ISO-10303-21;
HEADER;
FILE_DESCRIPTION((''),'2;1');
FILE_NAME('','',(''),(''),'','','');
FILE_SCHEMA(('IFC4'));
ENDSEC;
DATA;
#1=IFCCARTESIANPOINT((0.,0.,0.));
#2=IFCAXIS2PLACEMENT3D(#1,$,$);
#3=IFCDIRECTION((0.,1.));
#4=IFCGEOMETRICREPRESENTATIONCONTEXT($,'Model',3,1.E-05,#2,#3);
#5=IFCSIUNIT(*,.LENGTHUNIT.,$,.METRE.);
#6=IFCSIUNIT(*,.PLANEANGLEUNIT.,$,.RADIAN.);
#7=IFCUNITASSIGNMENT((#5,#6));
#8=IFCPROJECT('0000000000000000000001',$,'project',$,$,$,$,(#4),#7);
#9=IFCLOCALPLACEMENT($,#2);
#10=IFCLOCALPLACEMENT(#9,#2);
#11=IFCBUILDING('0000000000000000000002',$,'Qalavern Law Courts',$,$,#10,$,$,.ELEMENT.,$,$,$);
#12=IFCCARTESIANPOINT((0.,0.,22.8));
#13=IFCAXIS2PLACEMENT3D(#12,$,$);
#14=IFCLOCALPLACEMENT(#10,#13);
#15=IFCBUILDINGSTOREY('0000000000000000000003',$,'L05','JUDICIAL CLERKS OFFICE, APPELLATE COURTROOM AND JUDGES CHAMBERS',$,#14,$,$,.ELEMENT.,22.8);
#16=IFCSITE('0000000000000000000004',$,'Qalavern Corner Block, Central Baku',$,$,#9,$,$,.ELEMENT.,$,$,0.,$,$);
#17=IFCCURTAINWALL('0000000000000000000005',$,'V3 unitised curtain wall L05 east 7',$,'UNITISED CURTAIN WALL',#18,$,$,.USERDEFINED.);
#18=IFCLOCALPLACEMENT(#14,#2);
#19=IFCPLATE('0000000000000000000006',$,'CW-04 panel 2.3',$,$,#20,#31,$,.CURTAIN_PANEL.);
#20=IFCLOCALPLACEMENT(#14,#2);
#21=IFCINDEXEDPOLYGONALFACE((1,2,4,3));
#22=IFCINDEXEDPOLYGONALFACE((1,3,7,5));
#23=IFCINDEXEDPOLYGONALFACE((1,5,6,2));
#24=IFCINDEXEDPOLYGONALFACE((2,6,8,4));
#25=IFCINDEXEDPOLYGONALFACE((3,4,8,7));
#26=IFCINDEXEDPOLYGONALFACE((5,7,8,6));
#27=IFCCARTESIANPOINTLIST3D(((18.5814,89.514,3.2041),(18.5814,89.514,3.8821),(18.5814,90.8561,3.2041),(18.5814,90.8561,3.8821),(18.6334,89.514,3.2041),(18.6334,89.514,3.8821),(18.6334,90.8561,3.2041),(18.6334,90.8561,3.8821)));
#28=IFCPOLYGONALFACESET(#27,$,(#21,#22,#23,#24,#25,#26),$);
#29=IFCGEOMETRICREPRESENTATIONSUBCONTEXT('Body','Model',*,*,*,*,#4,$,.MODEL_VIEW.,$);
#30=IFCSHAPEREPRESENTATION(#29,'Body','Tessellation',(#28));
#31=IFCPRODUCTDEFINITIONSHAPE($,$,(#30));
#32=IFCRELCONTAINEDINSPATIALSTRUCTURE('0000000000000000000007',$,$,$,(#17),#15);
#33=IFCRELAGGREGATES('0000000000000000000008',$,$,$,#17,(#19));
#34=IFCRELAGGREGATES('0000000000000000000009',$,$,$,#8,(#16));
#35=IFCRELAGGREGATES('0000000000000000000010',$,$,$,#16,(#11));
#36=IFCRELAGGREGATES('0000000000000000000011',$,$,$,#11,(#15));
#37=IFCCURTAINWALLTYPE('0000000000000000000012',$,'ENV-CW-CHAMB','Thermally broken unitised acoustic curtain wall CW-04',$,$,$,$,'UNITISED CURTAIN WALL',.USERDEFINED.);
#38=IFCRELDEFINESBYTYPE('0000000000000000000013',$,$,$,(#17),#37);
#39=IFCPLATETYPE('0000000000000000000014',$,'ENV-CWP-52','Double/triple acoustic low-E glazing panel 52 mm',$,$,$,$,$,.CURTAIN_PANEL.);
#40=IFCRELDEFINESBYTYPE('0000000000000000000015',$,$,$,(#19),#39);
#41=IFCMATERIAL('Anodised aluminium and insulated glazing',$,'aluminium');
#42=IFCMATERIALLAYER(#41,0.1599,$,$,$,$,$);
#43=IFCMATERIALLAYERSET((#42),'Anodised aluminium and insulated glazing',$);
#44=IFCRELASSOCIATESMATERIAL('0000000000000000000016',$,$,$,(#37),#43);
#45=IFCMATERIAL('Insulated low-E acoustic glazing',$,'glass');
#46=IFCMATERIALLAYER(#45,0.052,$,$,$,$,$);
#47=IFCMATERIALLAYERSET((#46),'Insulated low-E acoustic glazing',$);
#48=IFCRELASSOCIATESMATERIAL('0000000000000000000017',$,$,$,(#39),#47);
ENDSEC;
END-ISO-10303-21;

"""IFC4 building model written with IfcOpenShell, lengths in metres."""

from ifc_helpers import new_model, si_unit, direction, frame, origin, origin_2d, place, context, subcontext, project, spatial, rectangle, extrude, material, layer, layer_set, type_object, element, aggregate, save


model = new_model("IFC4")

# Units and contexts
model_context = context("Model", 3, precision=1e-05, world=origin(), true_north=direction((0.0, 1.0)))
body_context = subcontext(model_context, "Body", "Model", "MODEL_VIEW")
ifc_project = project(units=[si_unit("LENGTHUNIT", "METRE"), si_unit("PLANEANGLEUNIT", "RADIAN")], contexts=[model_context])

# Site, building, storey
site_placement = place(None, origin())
site = spatial("IfcSite", under=ifc_project, at=site_placement, Name="Qalavern Corner Block, Central Baku", CompositionType="ELEMENT", RefElevation=0.0)
building_placement = place(site_placement, origin())
building = spatial("IfcBuilding", under=site, at=building_placement, Name="Qalavern Law Courts", CompositionType="ELEMENT")
storey_placement = place(building_placement, frame((0.0, 0.0, 22.8)))
storey = spatial("IfcBuildingStorey", under=building, at=storey_placement, Name="L05", Description="JUDICIAL CLERKS OFFICE, APPELLATE COURTROOM AND JUDGES CHAMBERS", CompositionType="ELEMENT", Elevation=22.8)

# Curtain wall
ifc_material_1 = material(Name="Anodised aluminium and insulated glazing", Category="aluminium")
ifc_layer_1 = layer(ifc_material_1, 0.1599)
ifc_layer_set_1 = layer_set([ifc_layer_1], Name="Anodised aluminium and insulated glazing")
curtain_wall_type = type_object("IfcCurtainWallType", Name="ENV-CW-CHAMB", Description="Thermally broken unitised acoustic curtain wall CW-04", ElementType="UNITISED CURTAIN WALL", PredefinedType="USERDEFINED", material=ifc_layer_set_1)
curtain_wall_1_placement = place(storey_placement, origin())
curtain_wall_1 = element("IfcCurtainWall", 1, at=curtain_wall_1_placement, inside=storey, type_object=curtain_wall_type, Name="V3 unitised curtain wall L05 east 7", ObjectType="UNITISED CURTAIN WALL", PredefinedType="USERDEFINED")

# Plate
ifc_material_2 = material(Name="Insulated low-E acoustic glazing", Category="glass")
ifc_layer_2 = layer(ifc_material_2, 0.052)
ifc_layer_set_2 = layer_set([ifc_layer_2], Name="Insulated low-E acoustic glazing")
plate_type_1 = type_object("IfcPlateType", Name="ENV-CWP-52", Description="Double/triple acoustic low-E glazing panel 52 mm", PredefinedType="CURTAIN_PANEL", material=ifc_layer_set_2)
plate_1_placement = place(storey_placement, frame((18.6074, 90.1851, 3.2041), z_axis=(0.0, 0.0, 1.0), x_axis=(0.0, 1.0, 0.0)))
plate_1 = element("IfcPlate", 2, at=plate_1_placement, type_object=plate_type_1, Name="CW-04 panel 2.3", PredefinedType="CURTAIN_PANEL", context=body_context, shape_type="SweptSolid", body=[
    extrude(rectangle(XDim=1.342, YDim=0.052, at=origin_2d()), origin(), (0.0, 0.0, 1.0), 0.678),
])
aggregate(curtain_wall_1, [plate_1])

save(model, "model.ifc")
